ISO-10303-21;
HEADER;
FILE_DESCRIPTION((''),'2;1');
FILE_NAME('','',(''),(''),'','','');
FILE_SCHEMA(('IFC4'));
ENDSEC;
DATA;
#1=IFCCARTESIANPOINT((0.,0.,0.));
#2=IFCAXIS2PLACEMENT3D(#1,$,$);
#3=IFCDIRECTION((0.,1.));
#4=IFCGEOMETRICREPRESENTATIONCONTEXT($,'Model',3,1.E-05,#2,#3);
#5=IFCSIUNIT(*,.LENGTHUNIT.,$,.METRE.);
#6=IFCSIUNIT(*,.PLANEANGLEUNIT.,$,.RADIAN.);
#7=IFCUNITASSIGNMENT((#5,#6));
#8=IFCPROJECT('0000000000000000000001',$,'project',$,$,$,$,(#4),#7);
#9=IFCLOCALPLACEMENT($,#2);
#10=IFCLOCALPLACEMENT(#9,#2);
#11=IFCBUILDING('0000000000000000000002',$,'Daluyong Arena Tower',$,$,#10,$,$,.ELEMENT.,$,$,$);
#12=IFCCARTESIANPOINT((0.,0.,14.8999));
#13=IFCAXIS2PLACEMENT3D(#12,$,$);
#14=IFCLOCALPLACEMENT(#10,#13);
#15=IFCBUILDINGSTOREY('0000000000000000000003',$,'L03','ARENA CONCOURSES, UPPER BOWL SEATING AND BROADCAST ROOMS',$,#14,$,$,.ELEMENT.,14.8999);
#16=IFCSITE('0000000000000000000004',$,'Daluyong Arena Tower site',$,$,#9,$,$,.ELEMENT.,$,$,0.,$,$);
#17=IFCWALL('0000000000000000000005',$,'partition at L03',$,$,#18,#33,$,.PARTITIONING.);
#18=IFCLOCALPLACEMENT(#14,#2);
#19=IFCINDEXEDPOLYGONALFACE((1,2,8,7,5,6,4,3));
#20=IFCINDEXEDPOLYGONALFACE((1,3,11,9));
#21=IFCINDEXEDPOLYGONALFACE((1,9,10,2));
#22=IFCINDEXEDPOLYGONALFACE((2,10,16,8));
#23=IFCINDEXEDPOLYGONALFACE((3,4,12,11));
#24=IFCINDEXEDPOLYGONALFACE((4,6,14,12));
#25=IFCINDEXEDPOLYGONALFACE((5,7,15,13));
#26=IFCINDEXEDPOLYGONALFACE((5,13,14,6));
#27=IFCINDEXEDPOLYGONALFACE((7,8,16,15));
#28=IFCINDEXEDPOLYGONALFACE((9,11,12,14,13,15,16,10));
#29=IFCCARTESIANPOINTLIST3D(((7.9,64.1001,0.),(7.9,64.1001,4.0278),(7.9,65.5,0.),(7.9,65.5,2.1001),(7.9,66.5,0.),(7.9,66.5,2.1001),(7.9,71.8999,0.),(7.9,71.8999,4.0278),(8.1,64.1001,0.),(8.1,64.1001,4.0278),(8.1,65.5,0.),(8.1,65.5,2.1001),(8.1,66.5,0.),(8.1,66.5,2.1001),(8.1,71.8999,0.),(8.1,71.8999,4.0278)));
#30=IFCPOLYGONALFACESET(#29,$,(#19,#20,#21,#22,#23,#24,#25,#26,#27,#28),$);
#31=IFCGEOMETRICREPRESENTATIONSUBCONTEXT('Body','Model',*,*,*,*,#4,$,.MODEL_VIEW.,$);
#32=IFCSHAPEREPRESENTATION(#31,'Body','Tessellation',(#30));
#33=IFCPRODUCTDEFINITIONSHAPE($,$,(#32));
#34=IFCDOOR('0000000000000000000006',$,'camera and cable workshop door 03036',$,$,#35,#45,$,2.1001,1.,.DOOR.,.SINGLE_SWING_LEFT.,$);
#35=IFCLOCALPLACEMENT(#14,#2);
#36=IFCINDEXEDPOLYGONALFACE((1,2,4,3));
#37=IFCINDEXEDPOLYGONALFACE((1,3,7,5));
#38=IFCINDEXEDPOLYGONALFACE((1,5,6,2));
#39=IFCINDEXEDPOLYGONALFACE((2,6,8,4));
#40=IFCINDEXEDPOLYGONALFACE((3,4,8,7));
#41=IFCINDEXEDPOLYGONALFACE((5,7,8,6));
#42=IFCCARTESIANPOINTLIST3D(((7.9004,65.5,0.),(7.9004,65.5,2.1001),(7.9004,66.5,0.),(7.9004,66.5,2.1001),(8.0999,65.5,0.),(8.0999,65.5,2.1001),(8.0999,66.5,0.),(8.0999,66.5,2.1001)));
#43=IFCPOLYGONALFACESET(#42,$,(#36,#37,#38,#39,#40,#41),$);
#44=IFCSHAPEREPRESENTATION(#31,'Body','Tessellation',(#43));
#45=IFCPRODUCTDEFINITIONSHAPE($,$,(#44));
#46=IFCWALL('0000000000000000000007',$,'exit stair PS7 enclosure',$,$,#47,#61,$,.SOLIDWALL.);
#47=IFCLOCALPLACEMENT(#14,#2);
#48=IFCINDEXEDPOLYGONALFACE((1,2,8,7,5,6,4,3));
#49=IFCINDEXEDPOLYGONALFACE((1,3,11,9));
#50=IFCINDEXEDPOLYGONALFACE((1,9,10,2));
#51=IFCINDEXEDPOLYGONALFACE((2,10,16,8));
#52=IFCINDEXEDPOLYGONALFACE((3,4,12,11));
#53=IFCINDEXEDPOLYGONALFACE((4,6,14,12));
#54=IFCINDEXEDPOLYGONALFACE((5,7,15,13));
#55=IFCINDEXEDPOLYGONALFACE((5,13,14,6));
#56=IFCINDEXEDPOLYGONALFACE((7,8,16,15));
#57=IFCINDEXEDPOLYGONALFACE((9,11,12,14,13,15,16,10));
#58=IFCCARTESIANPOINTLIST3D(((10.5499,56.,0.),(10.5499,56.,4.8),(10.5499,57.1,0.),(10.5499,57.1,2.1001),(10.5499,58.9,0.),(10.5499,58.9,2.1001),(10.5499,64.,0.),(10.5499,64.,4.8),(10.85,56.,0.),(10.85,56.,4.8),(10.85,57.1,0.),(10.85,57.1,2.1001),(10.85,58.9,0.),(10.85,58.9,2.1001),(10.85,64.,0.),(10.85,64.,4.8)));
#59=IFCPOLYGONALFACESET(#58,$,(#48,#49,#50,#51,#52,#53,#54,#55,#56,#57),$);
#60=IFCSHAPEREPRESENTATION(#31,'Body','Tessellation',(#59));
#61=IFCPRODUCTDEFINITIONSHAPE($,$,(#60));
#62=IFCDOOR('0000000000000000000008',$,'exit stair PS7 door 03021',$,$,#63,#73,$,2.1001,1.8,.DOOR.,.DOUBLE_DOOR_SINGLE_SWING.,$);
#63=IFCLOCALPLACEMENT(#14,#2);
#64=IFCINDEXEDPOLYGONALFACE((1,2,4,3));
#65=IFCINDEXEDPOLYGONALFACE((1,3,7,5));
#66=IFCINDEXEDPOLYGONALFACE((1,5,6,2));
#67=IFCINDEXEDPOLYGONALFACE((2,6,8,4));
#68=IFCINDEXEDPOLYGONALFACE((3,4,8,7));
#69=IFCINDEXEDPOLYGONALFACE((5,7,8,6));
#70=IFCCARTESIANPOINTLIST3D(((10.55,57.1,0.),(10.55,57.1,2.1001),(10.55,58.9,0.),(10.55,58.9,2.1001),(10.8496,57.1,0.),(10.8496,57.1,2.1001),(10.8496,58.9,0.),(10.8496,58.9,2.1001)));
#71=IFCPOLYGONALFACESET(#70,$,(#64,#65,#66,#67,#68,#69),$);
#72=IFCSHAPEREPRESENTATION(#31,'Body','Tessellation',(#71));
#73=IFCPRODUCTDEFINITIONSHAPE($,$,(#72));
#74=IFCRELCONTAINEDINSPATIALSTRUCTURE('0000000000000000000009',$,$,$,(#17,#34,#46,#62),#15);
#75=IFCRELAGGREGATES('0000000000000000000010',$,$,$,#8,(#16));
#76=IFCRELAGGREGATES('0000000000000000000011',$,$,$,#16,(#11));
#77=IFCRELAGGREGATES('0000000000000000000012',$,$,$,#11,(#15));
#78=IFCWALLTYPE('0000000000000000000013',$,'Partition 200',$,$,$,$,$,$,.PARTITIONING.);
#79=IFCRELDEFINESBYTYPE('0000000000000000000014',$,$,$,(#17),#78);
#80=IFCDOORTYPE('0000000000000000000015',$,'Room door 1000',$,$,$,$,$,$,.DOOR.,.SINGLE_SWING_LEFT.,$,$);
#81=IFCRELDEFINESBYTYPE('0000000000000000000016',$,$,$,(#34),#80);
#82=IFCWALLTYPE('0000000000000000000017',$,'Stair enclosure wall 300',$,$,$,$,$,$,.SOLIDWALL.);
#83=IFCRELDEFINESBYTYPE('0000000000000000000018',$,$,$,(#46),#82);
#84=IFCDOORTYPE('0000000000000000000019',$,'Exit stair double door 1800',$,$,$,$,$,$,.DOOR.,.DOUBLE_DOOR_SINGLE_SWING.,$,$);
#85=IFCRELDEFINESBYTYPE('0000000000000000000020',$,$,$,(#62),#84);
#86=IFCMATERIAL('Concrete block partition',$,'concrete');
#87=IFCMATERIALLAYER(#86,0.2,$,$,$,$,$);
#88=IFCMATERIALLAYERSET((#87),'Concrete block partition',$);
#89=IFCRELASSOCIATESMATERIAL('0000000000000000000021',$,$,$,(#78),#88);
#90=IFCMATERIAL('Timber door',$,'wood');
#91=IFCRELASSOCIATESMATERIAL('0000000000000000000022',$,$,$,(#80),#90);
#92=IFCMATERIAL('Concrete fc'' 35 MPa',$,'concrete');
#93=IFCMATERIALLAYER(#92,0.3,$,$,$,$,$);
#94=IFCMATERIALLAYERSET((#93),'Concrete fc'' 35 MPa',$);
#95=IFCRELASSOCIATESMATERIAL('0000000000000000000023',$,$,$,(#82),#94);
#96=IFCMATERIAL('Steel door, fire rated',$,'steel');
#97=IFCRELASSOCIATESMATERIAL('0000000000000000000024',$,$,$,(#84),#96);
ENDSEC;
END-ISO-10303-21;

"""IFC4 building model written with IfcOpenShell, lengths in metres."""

from ifc_helpers import new_model, si_unit, direction, frame, frame_2d, origin, place, context, subcontext, project, spatial, rectangle, extrude, material, layer, layer_set, type_object, element, fill, save


model = new_model("IFC4")

# Units and contexts
model_context = context("Model", 3, precision=1e-05, world=origin(), true_north=direction((0.0, 1.0)))
body_context = subcontext(model_context, "Body", "Model", "MODEL_VIEW")
ifc_project = project(units=[si_unit("LENGTHUNIT", "METRE"), si_unit("PLANEANGLEUNIT", "RADIAN")], contexts=[model_context])

# Site, building, storey
site_placement = place(None, origin())
site = spatial("IfcSite", under=ifc_project, at=site_placement, Name="Daluyong Arena Tower site", CompositionType="ELEMENT", RefElevation=0.0)
building_placement = place(site_placement, origin())
building = spatial("IfcBuilding", under=site, at=building_placement, Name="Daluyong Arena Tower", CompositionType="ELEMENT")
storey_placement = place(building_placement, frame((0.0, 0.0, 14.8999)))
storey = spatial("IfcBuildingStorey", under=building, at=storey_placement, Name="L03", Description="ARENA CONCOURSES, UPPER BOWL SEATING AND BROADCAST ROOMS", CompositionType="ELEMENT", Elevation=14.8999)

# Walls, openings, doors
ifc_material_1 = material(Name="Concrete block partition", Category="concrete")
ifc_layer_1 = layer(ifc_material_1, 0.2)
ifc_layer_set_1 = layer_set([ifc_layer_1], Name="Concrete block partition")
wall_type_1 = type_object("IfcWallType", Name="Partition 200", PredefinedType="PARTITIONING", material=ifc_layer_set_1)
wall_1_placement = place(storey_placement, frame((8.0, 64.1001, 0.0), z_axis=(0.0, 0.0, 1.0), x_axis=(0.0, 1.0, 0.0)))
wall_1 = element("IfcWall", 1, at=wall_1_placement, inside=storey, type_object=wall_type_1, Name="partition at L03", PredefinedType="PARTITIONING", context=body_context, shape_type="SweptSolid", body=[
    extrude(rectangle(XDim=7.7998, YDim=0.2, at=frame_2d((3.8999, 0.0))), origin(), (0.0, 0.0, 1.0), 4.0278),
])
opening_1_placement = place(wall_1_placement, frame((1.3999, 0.0, 0.0)))
opening_1 = element("IfcOpeningElement", 2, at=opening_1_placement, cuts=wall_1, PredefinedType="OPENING", context=body_context, shape_type="SweptSolid", body=[
    extrude(rectangle(XDim=1.0, YDim=2.1001, at=frame_2d((0.5, 1.05))), frame((0.0, 0.1099, 0.0), z_axis=(0.0, -1.0, 0.0), x_axis=(1.0, 0.0, 0.0)), (0.0, 0.0, 1.0), 0.22),
])
ifc_material_2 = material(Name="Timber door", Category="wood")
door_type_1 = type_object("IfcDoorType", Name="Room door 1000", OperationType="SINGLE_SWING_LEFT", PredefinedType="DOOR", material=ifc_material_2)
door_1_placement = place(opening_1_placement, origin())
door_1 = element("IfcDoor", 3, at=door_1_placement, inside=storey, type_object=door_type_1, Name="camera and cable workshop door 03036", OperationType="SINGLE_SWING_LEFT", OverallHeight=2.1001, OverallWidth=1.0, PredefinedType="DOOR", context=body_context, shape_type="SweptSolid", body=[
    extrude(rectangle(XDim=1.0, YDim=2.1001, at=frame_2d((0.5, 1.05))), frame((0.0, 0.0996, 0.0), z_axis=(0.0, -1.0, 0.0), x_axis=(1.0, 0.0, 0.0)), (0.0, 0.0, 1.0), 0.1995),
])
fill(opening_1, door_1)
ifc_material_3 = material(Name="Concrete fc' 35 MPa", Category="concrete")
ifc_layer_2 = layer(ifc_material_3, 0.3)
ifc_layer_set_2 = layer_set([ifc_layer_2], Name="Concrete fc' 35 MPa")
wall_type_2 = type_object("IfcWallType", Name="Stair enclosure wall 300", PredefinedType="SOLIDWALL", material=ifc_layer_set_2)
wall_2_placement = place(storey_placement, frame((10.7, 56.0, 0.0), z_axis=(0.0, 0.0, 1.0), x_axis=(0.0, 1.0, 0.0)))
wall_2 = element("IfcWall", 4, at=wall_2_placement, inside=storey, type_object=wall_type_2, Name="exit stair PS7 enclosure", PredefinedType="SOLIDWALL", context=body_context, shape_type="SweptSolid", body=[
    extrude(rectangle(XDim=8.0, YDim=0.3, at=frame_2d((4.0, 0.0))), origin(), (0.0, 0.0, 1.0), 4.8),
])
opening_2_placement = place(wall_2_placement, frame((1.1001, 0.0, 0.0)))
opening_2 = element("IfcOpeningElement", 5, at=opening_2_placement, cuts=wall_2, PredefinedType="OPENING", context=body_context, shape_type="SweptSolid", body=[
    extrude(rectangle(XDim=1.8, YDim=2.1001, at=frame_2d((0.8999, 1.05))), frame((0.0, 0.1599, 0.0), z_axis=(0.0, -1.0, 0.0), x_axis=(1.0, 0.0, 0.0)), (0.0, 0.0, 1.0), 0.3201),
])
ifc_material_4 = material(Name="Steel door, fire rated", Category="steel")
door_type_2 = type_object("IfcDoorType", Name="Exit stair double door 1800", OperationType="DOUBLE_DOOR_SINGLE_SWING", PredefinedType="DOOR", material=ifc_material_4)
door_2_placement = place(opening_2_placement, origin())
door_2 = element("IfcDoor", 6, at=door_2_placement, inside=storey, type_object=door_type_2, Name="exit stair PS7 door 03021", OperationType="DOUBLE_DOOR_SINGLE_SWING", OverallHeight=2.1001, OverallWidth=1.8, PredefinedType="DOOR", context=body_context, shape_type="SweptSolid", body=[
    extrude(rectangle(XDim=1.8, YDim=2.1001, at=frame_2d((0.8999, 1.05))), frame((0.0, 0.1499, 0.0), z_axis=(0.0, -1.0, 0.0), x_axis=(1.0, 0.0, 0.0)), (0.0, 0.0, 1.0), 0.2996),
])
fill(opening_2, door_2)

save(model, "model.ifc")
